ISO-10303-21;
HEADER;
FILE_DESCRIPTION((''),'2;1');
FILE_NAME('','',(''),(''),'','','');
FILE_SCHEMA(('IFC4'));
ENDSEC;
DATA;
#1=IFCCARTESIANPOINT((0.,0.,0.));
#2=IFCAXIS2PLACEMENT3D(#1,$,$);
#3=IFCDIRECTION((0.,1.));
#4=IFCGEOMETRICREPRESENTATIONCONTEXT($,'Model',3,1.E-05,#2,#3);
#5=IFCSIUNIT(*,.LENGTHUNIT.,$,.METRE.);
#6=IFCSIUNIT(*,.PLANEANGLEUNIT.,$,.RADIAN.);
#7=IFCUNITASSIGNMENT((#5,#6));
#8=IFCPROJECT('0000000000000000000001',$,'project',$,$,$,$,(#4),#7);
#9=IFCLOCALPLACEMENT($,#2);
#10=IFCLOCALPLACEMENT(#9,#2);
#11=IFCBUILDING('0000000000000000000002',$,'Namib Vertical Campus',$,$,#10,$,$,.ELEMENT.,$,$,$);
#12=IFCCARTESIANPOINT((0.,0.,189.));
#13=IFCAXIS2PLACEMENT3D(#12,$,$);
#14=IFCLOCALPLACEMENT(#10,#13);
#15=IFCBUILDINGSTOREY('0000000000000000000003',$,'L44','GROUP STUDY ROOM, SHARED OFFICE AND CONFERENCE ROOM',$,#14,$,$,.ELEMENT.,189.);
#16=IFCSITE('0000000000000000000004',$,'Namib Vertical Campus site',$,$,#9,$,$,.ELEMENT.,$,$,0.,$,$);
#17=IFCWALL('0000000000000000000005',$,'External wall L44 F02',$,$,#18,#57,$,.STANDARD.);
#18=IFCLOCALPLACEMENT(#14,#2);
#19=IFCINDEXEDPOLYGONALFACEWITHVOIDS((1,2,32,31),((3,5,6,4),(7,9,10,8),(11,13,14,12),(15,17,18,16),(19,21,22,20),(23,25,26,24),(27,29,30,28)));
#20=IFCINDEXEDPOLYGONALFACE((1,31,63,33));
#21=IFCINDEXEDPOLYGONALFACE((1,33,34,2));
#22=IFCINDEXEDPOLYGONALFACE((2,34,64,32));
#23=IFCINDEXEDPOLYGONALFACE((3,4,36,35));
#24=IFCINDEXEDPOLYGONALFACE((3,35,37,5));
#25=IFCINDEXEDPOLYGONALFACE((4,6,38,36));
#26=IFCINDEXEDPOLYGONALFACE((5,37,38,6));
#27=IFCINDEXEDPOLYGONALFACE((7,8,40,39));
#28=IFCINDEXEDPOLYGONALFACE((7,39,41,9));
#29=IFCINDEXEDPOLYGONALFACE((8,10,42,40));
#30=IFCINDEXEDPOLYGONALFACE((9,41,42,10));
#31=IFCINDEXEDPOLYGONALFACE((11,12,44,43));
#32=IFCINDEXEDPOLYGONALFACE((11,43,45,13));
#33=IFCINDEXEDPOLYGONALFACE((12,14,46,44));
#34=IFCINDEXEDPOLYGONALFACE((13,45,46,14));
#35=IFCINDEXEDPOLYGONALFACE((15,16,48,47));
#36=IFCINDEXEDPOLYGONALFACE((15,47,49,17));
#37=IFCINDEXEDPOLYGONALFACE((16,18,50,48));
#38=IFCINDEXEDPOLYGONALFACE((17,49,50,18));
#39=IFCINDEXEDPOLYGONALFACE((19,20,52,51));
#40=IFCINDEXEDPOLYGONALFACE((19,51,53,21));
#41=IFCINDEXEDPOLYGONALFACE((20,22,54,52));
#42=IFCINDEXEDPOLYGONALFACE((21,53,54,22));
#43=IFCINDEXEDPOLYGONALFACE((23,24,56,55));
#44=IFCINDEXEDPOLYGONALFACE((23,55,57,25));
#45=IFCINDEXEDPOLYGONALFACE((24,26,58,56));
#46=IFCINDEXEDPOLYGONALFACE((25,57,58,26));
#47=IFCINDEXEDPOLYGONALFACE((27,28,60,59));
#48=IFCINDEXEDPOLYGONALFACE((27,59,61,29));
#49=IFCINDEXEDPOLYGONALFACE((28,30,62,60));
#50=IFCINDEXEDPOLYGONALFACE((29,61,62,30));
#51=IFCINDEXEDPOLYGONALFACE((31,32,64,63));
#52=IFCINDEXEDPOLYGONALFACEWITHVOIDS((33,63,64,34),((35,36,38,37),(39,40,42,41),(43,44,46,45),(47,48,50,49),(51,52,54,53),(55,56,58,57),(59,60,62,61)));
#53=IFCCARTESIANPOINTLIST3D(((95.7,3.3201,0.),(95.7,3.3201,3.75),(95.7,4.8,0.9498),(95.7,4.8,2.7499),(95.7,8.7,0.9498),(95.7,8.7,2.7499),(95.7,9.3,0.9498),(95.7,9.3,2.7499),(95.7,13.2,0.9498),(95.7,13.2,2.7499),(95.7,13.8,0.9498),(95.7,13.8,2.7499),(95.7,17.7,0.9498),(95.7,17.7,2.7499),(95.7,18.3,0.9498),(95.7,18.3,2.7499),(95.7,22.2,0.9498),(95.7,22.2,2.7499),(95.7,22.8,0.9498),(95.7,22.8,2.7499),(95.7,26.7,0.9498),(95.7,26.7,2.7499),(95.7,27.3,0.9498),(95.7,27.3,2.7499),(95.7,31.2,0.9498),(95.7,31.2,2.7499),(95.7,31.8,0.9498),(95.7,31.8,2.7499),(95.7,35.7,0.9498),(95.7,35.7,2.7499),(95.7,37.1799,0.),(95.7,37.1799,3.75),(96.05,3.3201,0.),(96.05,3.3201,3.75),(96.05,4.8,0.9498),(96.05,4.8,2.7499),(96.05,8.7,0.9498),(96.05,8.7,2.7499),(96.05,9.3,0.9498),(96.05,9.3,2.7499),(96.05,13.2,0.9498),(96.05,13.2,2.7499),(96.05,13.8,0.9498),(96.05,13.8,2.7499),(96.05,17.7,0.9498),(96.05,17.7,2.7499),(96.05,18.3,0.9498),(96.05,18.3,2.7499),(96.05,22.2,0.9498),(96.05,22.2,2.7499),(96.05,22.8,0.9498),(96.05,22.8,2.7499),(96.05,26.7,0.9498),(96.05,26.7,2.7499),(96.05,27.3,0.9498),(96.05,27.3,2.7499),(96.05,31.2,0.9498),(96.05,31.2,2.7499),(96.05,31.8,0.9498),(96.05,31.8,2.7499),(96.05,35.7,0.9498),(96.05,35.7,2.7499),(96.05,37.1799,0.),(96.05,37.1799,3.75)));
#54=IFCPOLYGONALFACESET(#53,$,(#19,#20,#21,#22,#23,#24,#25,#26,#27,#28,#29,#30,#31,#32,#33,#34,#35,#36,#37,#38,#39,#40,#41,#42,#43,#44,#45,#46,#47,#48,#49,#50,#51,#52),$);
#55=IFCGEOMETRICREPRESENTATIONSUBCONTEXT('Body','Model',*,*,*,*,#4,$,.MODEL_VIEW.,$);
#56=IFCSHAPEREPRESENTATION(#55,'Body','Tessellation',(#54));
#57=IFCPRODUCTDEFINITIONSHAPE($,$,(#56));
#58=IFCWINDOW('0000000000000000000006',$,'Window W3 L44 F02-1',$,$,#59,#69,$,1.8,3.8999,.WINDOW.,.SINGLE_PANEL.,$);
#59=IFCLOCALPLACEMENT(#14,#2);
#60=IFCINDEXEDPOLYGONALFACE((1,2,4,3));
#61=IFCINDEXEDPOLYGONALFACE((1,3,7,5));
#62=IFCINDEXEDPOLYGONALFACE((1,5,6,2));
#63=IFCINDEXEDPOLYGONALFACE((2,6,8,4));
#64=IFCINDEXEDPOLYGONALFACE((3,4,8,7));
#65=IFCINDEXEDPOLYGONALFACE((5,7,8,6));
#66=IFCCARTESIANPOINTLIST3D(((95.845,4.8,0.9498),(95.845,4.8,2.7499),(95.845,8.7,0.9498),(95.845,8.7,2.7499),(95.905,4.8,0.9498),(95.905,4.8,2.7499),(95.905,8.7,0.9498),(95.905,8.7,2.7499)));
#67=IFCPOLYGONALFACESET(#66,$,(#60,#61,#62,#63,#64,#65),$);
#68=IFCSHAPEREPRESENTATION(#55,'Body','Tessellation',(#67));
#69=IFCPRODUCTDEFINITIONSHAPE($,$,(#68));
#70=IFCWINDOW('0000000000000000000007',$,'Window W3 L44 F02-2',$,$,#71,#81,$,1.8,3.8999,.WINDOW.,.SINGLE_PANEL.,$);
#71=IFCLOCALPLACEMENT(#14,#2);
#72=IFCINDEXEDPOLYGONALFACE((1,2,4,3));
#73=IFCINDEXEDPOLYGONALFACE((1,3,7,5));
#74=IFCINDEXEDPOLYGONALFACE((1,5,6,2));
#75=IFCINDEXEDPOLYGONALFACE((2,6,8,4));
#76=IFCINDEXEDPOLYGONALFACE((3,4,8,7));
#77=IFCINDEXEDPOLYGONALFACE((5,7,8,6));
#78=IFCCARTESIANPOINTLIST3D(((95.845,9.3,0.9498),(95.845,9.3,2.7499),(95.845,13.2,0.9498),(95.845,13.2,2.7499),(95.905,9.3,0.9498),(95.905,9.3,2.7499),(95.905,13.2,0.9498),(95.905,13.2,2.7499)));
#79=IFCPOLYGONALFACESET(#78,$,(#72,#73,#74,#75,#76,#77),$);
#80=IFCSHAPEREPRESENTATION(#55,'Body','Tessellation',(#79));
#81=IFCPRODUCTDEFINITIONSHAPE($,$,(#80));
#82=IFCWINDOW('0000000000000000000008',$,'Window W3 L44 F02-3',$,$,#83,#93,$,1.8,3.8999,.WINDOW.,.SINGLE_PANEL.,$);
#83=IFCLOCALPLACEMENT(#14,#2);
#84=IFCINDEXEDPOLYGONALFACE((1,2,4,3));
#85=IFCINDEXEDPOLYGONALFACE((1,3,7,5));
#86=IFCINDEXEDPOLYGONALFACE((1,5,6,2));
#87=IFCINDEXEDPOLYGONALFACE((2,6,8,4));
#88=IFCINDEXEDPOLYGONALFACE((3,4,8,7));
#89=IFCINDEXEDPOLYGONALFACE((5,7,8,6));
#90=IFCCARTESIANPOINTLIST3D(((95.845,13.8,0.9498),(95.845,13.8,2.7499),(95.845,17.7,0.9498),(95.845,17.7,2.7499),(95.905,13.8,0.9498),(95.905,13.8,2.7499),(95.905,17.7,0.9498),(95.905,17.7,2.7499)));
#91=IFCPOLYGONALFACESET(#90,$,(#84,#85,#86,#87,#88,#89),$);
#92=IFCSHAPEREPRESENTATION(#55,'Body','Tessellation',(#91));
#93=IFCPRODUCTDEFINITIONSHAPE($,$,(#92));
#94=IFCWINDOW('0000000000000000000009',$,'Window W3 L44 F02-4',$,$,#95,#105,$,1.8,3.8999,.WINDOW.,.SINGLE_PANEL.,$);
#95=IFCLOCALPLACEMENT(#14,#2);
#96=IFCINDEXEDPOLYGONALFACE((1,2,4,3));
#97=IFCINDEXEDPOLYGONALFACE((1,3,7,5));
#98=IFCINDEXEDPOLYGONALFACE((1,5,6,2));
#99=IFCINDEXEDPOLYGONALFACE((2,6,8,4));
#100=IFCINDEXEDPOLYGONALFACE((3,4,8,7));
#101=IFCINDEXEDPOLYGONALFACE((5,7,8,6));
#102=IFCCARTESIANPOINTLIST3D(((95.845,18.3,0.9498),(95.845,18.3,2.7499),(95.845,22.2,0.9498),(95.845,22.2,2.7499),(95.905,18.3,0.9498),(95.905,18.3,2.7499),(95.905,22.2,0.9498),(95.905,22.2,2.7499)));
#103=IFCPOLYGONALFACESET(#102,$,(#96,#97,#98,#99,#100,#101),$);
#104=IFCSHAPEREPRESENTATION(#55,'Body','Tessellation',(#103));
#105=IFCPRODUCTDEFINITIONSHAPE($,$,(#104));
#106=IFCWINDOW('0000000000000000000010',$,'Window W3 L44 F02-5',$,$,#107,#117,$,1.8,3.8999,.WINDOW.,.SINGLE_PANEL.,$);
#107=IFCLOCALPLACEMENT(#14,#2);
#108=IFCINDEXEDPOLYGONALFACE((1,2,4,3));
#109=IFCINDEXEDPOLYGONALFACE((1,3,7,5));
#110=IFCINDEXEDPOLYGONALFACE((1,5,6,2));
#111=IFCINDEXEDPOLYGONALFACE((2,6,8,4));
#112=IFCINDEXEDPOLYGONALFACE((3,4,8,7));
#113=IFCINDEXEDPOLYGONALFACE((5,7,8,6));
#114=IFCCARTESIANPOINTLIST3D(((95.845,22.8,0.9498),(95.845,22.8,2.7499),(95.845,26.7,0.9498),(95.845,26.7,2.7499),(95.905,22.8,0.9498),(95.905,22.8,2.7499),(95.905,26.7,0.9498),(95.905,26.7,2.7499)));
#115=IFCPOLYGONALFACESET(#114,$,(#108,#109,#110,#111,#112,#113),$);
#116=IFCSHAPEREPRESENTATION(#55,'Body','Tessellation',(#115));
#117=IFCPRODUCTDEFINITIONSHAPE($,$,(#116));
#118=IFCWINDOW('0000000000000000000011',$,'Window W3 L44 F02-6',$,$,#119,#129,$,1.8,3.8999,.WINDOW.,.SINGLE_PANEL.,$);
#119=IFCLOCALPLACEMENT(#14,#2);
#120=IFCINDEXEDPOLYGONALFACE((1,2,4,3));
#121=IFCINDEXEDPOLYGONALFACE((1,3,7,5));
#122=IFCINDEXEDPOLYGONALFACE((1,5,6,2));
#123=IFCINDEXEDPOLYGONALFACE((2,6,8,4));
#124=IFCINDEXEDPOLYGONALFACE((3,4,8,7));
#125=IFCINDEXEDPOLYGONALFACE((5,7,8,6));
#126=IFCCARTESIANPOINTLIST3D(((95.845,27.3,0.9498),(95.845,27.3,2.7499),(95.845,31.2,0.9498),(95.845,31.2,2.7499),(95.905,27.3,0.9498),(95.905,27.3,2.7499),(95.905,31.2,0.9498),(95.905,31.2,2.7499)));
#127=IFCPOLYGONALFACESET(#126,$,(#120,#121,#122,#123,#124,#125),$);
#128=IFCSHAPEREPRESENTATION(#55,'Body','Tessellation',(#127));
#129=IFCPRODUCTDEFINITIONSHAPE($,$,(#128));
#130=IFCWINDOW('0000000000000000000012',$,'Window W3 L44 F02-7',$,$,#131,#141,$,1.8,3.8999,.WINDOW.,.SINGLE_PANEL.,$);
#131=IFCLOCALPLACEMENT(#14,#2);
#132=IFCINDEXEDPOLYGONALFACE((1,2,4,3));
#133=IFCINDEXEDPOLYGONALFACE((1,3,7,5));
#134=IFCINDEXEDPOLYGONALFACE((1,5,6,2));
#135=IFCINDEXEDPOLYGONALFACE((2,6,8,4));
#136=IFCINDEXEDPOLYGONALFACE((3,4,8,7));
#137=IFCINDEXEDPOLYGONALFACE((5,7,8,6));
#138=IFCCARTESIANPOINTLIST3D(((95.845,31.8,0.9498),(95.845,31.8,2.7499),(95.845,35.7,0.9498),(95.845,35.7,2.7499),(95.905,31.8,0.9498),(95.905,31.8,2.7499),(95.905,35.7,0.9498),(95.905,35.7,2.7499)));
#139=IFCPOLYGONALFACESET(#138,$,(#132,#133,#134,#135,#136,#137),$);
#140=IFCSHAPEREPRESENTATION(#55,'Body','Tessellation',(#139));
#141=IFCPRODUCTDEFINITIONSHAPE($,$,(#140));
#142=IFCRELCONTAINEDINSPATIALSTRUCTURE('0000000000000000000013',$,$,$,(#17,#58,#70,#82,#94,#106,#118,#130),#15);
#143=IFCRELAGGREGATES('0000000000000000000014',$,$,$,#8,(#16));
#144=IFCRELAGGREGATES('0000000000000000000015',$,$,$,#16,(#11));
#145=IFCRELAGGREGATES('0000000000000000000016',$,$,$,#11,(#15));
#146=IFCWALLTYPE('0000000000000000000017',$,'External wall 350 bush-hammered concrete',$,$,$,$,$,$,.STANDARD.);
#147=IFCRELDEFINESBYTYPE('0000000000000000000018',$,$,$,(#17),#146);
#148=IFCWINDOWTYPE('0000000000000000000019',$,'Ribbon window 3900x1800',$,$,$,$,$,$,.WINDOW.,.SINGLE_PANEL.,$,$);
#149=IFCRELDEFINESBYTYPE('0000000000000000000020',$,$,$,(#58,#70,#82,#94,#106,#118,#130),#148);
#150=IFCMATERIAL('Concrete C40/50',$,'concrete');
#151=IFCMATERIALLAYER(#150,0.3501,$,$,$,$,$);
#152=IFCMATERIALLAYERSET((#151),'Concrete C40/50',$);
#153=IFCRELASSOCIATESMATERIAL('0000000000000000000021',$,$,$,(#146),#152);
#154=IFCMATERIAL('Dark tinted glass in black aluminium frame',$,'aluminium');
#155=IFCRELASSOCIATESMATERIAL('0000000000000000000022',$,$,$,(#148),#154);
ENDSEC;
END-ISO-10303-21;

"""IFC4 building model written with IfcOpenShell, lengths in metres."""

from ifc_helpers import new_model, si_unit, direction, frame, frame_2d, origin, place, context, subcontext, project, spatial, rectangle, extrude, material, layer, layer_set, type_object, element, fill, save


model = new_model("IFC4")

# Units and contexts
model_context = context("Model", 3, precision=1e-05, world=origin(), true_north=direction((0.0, 1.0)))
body_context = subcontext(model_context, "Body", "Model", "MODEL_VIEW")
ifc_project = project(units=[si_unit("LENGTHUNIT", "METRE"), si_unit("PLANEANGLEUNIT", "RADIAN")], contexts=[model_context])

# Site, building, storey
site_placement = place(None, origin())
site = spatial("IfcSite", under=ifc_project, at=site_placement, Name="Namib Vertical Campus site", CompositionType="ELEMENT", RefElevation=0.0)
building_placement = place(site_placement, origin())
building = spatial("IfcBuilding", under=site, at=building_placement, Name="Namib Vertical Campus", CompositionType="ELEMENT")
storey_placement = place(building_placement, frame((0.0, 0.0, 189.0)))
storey = spatial("IfcBuildingStorey", under=building, at=storey_placement, Name="L44", Description="GROUP STUDY ROOM, SHARED OFFICE AND CONFERENCE ROOM", CompositionType="ELEMENT", Elevation=189.0)

# Wall, openings, windows
ifc_material_1 = material(Name="Concrete C40/50", Category="concrete")
ifc_layer_1 = layer(ifc_material_1, 0.3501)
ifc_layer_set_1 = layer_set([ifc_layer_1], Name="Concrete C40/50")
wall_type_1 = type_object("IfcWallType", Name="External wall 350 bush-hammered concrete", PredefinedType="STANDARD", material=ifc_layer_set_1)
wall_1_placement = place(storey_placement, frame((95.875, 3.3201, 0.0), z_axis=(0.0, 0.0, 1.0), x_axis=(0.0, 1.0, 0.0)))
wall_1 = element("IfcWall", 1, at=wall_1_placement, inside=storey, type_object=wall_type_1, Name="External wall L44 F02", PredefinedType="STANDARD", context=body_context, shape_type="SweptSolid", body=[
    extrude(rectangle(XDim=33.8599, YDim=0.3501, at=frame_2d((16.9299, 0.0))), origin(), (0.0, 0.0, 1.0), 3.75),
])
opening_1_placement = place(wall_1_placement, frame((1.48, 0.0, 0.95)))
opening_1 = element("IfcOpeningElement", 2, at=opening_1_placement, cuts=wall_1, PredefinedType="OPENING", context=body_context, shape_type="SweptSolid", body=[
    extrude(rectangle(XDim=3.8999, YDim=1.8, at=frame_2d((1.95, 0.8999))), frame((0.0, 0.1851, 0.0), z_axis=(0.0, -1.0, 0.0), x_axis=(1.0, 0.0, 0.0)), (0.0, 0.0, 1.0), 0.3701),
])
opening_2_placement = place(wall_1_placement, frame((5.98, 0.0, 0.95)))
opening_2 = element("IfcOpeningElement", 3, at=opening_2_placement, cuts=wall_1, PredefinedType="OPENING", context=body_context, shape_type="SweptSolid", body=[
    extrude(rectangle(XDim=3.8999, YDim=1.8, at=frame_2d((1.95, 0.8999))), frame((0.0, 0.1851, 0.0), z_axis=(0.0, -1.0, 0.0), x_axis=(1.0, 0.0, 0.0)), (0.0, 0.0, 1.0), 0.3701),
])
opening_3_placement = place(wall_1_placement, frame((10.48, 0.0, 0.95)))
opening_3 = element("IfcOpeningElement", 4, at=opening_3_placement, cuts=wall_1, PredefinedType="OPENING", context=body_context, shape_type="SweptSolid", body=[
    extrude(rectangle(XDim=3.8999, YDim=1.8, at=frame_2d((1.95, 0.8999))), frame((0.0, 0.1851, 0.0), z_axis=(0.0, -1.0, 0.0), x_axis=(1.0, 0.0, 0.0)), (0.0, 0.0, 1.0), 0.3701),
])
opening_4_placement = place(wall_1_placement, frame((14.98, 0.0, 0.95)))
opening_4 = element("IfcOpeningElement", 5, at=opening_4_placement, cuts=wall_1, PredefinedType="OPENING", context=body_context, shape_type="SweptSolid", body=[
    extrude(rectangle(XDim=3.8999, YDim=1.8, at=frame_2d((1.95, 0.8999))), frame((0.0, 0.1851, 0.0), z_axis=(0.0, -1.0, 0.0), x_axis=(1.0, 0.0, 0.0)), (0.0, 0.0, 1.0), 0.3701),
])
opening_5_placement = place(wall_1_placement, frame((19.48, 0.0, 0.95)))
opening_5 = element("IfcOpeningElement", 6, at=opening_5_placement, cuts=wall_1, PredefinedType="OPENING", context=body_context, shape_type="SweptSolid", body=[
    extrude(rectangle(XDim=3.8999, YDim=1.8, at=frame_2d((1.95, 0.8999))), frame((0.0, 0.1851, 0.0), z_axis=(0.0, -1.0, 0.0), x_axis=(1.0, 0.0, 0.0)), (0.0, 0.0, 1.0), 0.3701),
])
opening_6_placement = place(wall_1_placement, frame((23.98, 0.0, 0.95)))
opening_6 = element("IfcOpeningElement", 7, at=opening_6_placement, cuts=wall_1, PredefinedType="OPENING", context=body_context, shape_type="SweptSolid", body=[
    extrude(rectangle(XDim=3.8999, YDim=1.8, at=frame_2d((1.95, 0.8999))), frame((0.0, 0.1851, 0.0), z_axis=(0.0, -1.0, 0.0), x_axis=(1.0, 0.0, 0.0)), (0.0, 0.0, 1.0), 0.3701),
])
opening_7_placement = place(wall_1_placement, frame((28.48, 0.0, 0.95)))
opening_7 = element("IfcOpeningElement", 8, at=opening_7_placement, cuts=wall_1, PredefinedType="OPENING", context=body_context, shape_type="SweptSolid", body=[
    extrude(rectangle(XDim=3.8999, YDim=1.8, at=frame_2d((1.95, 0.8999))), frame((0.0, 0.1851, 0.0), z_axis=(0.0, -1.0, 0.0), x_axis=(1.0, 0.0, 0.0)), (0.0, 0.0, 1.0), 0.3701),
])
ifc_material_2 = material(Name="Dark tinted glass in black aluminium frame", Category="aluminium")
window_type = type_object("IfcWindowType", Name="Ribbon window 3900x1800", PartitioningType="SINGLE_PANEL", PredefinedType="WINDOW", material=ifc_material_2)
window_1_placement = place(opening_1_placement, origin())
window_1 = element("IfcWindow", 9, at=window_1_placement, inside=storey, type_object=window_type, Name="Window W3 L44 F02-1", OverallHeight=1.8, OverallWidth=3.8999, PartitioningType="SINGLE_PANEL", PredefinedType="WINDOW", context=body_context, shape_type="SweptSolid", body=[
    extrude(rectangle(XDim=3.8999, YDim=1.8, at=frame_2d((1.95, 0.8999))), frame((0.0, 0.03, 0.0), z_axis=(0.0, -1.0, 0.0), x_axis=(1.0, 0.0, 0.0)), (0.0, 0.0, 1.0), 0.0601),
])
fill(opening_1, window_1)
window_2_placement = place(opening_2_placement, origin())
window_2 = element("IfcWindow", 10, at=window_2_placement, inside=storey, type_object=window_type, Name="Window W3 L44 F02-2", OverallHeight=1.8, OverallWidth=3.8999, PartitioningType="SINGLE_PANEL", PredefinedType="WINDOW", context=body_context, shape_type="SweptSolid", body=[
    extrude(rectangle(XDim=3.8999, YDim=1.8, at=frame_2d((1.95, 0.8999))), frame((0.0, 0.03, 0.0), z_axis=(0.0, -1.0, 0.0), x_axis=(1.0, 0.0, 0.0)), (0.0, 0.0, 1.0), 0.0601),
])
fill(opening_2, window_2)
window_3_placement = place(opening_3_placement, origin())
window_3 = element("IfcWindow", 11, at=window_3_placement, inside=storey, type_object=window_type, Name="Window W3 L44 F02-3", OverallHeight=1.8, OverallWidth=3.8999, PartitioningType="SINGLE_PANEL", PredefinedType="WINDOW", context=body_context, shape_type="SweptSolid", body=[
    extrude(rectangle(XDim=3.8999, YDim=1.8, at=frame_2d((1.95, 0.8999))), frame((0.0, 0.03, 0.0), z_axis=(0.0, -1.0, 0.0), x_axis=(1.0, 0.0, 0.0)), (0.0, 0.0, 1.0), 0.0601),
])
fill(opening_3, window_3)
window_4_placement = place(opening_4_placement, origin())
window_4 = element("IfcWindow", 12, at=window_4_placement, inside=storey, type_object=window_type, Name="Window W3 L44 F02-4", OverallHeight=1.8, OverallWidth=3.8999, PartitioningType="SINGLE_PANEL", PredefinedType="WINDOW", context=body_context, shape_type="SweptSolid", body=[
    extrude(rectangle(XDim=3.8999, YDim=1.8, at=frame_2d((1.95, 0.8999))), frame((0.0, 0.03, 0.0), z_axis=(0.0, -1.0, 0.0), x_axis=(1.0, 0.0, 0.0)), (0.0, 0.0, 1.0), 0.0601),
])
fill(opening_4, window_4)
window_5_placement = place(opening_5_placement, origin())
window_5 = element("IfcWindow", 13, at=window_5_placement, inside=storey, type_object=window_type, Name="Window W3 L44 F02-5", OverallHeight=1.8, OverallWidth=3.8999, PartitioningType="SINGLE_PANEL", PredefinedType="WINDOW", context=body_context, shape_type="SweptSolid", body=[
    extrude(rectangle(XDim=3.8999, YDim=1.8, at=frame_2d((1.95, 0.8999))), frame((0.0, 0.03, 0.0), z_axis=(0.0, -1.0, 0.0), x_axis=(1.0, 0.0, 0.0)), (0.0, 0.0, 1.0), 0.0601),
])
fill(opening_5, window_5)
window_6_placement = place(opening_6_placement, origin())
window_6 = element("IfcWindow", 14, at=window_6_placement, inside=storey, type_object=window_type, Name="Window W3 L44 F02-6", OverallHeight=1.8, OverallWidth=3.8999, PartitioningType="SINGLE_PANEL", PredefinedType="WINDOW", context=body_context, shape_type="SweptSolid", body=[
    extrude(rectangle(XDim=3.8999, YDim=1.8, at=frame_2d((1.95, 0.8999))), frame((0.0, 0.03, 0.0), z_axis=(0.0, -1.0, 0.0), x_axis=(1.0, 0.0, 0.0)), (0.0, 0.0, 1.0), 0.0601),
])
fill(opening_6, window_6)
window_7_placement = place(opening_7_placement, origin())
window_7 = element("IfcWindow", 15, at=window_7_placement, inside=storey, type_object=window_type, Name="Window W3 L44 F02-7", OverallHeight=1.8, OverallWidth=3.8999, PartitioningType="SINGLE_PANEL", PredefinedType="WINDOW", context=body_context, shape_type="SweptSolid", body=[
    extrude(rectangle(XDim=3.8999, YDim=1.8, at=frame_2d((1.95, 0.8999))), frame((0.0, 0.03, 0.0), z_axis=(0.0, -1.0, 0.0), x_axis=(1.0, 0.0, 0.0)), (0.0, 0.0, 1.0), 0.0601),
])
fill(opening_7, window_7)

save(model, "model.ifc")
